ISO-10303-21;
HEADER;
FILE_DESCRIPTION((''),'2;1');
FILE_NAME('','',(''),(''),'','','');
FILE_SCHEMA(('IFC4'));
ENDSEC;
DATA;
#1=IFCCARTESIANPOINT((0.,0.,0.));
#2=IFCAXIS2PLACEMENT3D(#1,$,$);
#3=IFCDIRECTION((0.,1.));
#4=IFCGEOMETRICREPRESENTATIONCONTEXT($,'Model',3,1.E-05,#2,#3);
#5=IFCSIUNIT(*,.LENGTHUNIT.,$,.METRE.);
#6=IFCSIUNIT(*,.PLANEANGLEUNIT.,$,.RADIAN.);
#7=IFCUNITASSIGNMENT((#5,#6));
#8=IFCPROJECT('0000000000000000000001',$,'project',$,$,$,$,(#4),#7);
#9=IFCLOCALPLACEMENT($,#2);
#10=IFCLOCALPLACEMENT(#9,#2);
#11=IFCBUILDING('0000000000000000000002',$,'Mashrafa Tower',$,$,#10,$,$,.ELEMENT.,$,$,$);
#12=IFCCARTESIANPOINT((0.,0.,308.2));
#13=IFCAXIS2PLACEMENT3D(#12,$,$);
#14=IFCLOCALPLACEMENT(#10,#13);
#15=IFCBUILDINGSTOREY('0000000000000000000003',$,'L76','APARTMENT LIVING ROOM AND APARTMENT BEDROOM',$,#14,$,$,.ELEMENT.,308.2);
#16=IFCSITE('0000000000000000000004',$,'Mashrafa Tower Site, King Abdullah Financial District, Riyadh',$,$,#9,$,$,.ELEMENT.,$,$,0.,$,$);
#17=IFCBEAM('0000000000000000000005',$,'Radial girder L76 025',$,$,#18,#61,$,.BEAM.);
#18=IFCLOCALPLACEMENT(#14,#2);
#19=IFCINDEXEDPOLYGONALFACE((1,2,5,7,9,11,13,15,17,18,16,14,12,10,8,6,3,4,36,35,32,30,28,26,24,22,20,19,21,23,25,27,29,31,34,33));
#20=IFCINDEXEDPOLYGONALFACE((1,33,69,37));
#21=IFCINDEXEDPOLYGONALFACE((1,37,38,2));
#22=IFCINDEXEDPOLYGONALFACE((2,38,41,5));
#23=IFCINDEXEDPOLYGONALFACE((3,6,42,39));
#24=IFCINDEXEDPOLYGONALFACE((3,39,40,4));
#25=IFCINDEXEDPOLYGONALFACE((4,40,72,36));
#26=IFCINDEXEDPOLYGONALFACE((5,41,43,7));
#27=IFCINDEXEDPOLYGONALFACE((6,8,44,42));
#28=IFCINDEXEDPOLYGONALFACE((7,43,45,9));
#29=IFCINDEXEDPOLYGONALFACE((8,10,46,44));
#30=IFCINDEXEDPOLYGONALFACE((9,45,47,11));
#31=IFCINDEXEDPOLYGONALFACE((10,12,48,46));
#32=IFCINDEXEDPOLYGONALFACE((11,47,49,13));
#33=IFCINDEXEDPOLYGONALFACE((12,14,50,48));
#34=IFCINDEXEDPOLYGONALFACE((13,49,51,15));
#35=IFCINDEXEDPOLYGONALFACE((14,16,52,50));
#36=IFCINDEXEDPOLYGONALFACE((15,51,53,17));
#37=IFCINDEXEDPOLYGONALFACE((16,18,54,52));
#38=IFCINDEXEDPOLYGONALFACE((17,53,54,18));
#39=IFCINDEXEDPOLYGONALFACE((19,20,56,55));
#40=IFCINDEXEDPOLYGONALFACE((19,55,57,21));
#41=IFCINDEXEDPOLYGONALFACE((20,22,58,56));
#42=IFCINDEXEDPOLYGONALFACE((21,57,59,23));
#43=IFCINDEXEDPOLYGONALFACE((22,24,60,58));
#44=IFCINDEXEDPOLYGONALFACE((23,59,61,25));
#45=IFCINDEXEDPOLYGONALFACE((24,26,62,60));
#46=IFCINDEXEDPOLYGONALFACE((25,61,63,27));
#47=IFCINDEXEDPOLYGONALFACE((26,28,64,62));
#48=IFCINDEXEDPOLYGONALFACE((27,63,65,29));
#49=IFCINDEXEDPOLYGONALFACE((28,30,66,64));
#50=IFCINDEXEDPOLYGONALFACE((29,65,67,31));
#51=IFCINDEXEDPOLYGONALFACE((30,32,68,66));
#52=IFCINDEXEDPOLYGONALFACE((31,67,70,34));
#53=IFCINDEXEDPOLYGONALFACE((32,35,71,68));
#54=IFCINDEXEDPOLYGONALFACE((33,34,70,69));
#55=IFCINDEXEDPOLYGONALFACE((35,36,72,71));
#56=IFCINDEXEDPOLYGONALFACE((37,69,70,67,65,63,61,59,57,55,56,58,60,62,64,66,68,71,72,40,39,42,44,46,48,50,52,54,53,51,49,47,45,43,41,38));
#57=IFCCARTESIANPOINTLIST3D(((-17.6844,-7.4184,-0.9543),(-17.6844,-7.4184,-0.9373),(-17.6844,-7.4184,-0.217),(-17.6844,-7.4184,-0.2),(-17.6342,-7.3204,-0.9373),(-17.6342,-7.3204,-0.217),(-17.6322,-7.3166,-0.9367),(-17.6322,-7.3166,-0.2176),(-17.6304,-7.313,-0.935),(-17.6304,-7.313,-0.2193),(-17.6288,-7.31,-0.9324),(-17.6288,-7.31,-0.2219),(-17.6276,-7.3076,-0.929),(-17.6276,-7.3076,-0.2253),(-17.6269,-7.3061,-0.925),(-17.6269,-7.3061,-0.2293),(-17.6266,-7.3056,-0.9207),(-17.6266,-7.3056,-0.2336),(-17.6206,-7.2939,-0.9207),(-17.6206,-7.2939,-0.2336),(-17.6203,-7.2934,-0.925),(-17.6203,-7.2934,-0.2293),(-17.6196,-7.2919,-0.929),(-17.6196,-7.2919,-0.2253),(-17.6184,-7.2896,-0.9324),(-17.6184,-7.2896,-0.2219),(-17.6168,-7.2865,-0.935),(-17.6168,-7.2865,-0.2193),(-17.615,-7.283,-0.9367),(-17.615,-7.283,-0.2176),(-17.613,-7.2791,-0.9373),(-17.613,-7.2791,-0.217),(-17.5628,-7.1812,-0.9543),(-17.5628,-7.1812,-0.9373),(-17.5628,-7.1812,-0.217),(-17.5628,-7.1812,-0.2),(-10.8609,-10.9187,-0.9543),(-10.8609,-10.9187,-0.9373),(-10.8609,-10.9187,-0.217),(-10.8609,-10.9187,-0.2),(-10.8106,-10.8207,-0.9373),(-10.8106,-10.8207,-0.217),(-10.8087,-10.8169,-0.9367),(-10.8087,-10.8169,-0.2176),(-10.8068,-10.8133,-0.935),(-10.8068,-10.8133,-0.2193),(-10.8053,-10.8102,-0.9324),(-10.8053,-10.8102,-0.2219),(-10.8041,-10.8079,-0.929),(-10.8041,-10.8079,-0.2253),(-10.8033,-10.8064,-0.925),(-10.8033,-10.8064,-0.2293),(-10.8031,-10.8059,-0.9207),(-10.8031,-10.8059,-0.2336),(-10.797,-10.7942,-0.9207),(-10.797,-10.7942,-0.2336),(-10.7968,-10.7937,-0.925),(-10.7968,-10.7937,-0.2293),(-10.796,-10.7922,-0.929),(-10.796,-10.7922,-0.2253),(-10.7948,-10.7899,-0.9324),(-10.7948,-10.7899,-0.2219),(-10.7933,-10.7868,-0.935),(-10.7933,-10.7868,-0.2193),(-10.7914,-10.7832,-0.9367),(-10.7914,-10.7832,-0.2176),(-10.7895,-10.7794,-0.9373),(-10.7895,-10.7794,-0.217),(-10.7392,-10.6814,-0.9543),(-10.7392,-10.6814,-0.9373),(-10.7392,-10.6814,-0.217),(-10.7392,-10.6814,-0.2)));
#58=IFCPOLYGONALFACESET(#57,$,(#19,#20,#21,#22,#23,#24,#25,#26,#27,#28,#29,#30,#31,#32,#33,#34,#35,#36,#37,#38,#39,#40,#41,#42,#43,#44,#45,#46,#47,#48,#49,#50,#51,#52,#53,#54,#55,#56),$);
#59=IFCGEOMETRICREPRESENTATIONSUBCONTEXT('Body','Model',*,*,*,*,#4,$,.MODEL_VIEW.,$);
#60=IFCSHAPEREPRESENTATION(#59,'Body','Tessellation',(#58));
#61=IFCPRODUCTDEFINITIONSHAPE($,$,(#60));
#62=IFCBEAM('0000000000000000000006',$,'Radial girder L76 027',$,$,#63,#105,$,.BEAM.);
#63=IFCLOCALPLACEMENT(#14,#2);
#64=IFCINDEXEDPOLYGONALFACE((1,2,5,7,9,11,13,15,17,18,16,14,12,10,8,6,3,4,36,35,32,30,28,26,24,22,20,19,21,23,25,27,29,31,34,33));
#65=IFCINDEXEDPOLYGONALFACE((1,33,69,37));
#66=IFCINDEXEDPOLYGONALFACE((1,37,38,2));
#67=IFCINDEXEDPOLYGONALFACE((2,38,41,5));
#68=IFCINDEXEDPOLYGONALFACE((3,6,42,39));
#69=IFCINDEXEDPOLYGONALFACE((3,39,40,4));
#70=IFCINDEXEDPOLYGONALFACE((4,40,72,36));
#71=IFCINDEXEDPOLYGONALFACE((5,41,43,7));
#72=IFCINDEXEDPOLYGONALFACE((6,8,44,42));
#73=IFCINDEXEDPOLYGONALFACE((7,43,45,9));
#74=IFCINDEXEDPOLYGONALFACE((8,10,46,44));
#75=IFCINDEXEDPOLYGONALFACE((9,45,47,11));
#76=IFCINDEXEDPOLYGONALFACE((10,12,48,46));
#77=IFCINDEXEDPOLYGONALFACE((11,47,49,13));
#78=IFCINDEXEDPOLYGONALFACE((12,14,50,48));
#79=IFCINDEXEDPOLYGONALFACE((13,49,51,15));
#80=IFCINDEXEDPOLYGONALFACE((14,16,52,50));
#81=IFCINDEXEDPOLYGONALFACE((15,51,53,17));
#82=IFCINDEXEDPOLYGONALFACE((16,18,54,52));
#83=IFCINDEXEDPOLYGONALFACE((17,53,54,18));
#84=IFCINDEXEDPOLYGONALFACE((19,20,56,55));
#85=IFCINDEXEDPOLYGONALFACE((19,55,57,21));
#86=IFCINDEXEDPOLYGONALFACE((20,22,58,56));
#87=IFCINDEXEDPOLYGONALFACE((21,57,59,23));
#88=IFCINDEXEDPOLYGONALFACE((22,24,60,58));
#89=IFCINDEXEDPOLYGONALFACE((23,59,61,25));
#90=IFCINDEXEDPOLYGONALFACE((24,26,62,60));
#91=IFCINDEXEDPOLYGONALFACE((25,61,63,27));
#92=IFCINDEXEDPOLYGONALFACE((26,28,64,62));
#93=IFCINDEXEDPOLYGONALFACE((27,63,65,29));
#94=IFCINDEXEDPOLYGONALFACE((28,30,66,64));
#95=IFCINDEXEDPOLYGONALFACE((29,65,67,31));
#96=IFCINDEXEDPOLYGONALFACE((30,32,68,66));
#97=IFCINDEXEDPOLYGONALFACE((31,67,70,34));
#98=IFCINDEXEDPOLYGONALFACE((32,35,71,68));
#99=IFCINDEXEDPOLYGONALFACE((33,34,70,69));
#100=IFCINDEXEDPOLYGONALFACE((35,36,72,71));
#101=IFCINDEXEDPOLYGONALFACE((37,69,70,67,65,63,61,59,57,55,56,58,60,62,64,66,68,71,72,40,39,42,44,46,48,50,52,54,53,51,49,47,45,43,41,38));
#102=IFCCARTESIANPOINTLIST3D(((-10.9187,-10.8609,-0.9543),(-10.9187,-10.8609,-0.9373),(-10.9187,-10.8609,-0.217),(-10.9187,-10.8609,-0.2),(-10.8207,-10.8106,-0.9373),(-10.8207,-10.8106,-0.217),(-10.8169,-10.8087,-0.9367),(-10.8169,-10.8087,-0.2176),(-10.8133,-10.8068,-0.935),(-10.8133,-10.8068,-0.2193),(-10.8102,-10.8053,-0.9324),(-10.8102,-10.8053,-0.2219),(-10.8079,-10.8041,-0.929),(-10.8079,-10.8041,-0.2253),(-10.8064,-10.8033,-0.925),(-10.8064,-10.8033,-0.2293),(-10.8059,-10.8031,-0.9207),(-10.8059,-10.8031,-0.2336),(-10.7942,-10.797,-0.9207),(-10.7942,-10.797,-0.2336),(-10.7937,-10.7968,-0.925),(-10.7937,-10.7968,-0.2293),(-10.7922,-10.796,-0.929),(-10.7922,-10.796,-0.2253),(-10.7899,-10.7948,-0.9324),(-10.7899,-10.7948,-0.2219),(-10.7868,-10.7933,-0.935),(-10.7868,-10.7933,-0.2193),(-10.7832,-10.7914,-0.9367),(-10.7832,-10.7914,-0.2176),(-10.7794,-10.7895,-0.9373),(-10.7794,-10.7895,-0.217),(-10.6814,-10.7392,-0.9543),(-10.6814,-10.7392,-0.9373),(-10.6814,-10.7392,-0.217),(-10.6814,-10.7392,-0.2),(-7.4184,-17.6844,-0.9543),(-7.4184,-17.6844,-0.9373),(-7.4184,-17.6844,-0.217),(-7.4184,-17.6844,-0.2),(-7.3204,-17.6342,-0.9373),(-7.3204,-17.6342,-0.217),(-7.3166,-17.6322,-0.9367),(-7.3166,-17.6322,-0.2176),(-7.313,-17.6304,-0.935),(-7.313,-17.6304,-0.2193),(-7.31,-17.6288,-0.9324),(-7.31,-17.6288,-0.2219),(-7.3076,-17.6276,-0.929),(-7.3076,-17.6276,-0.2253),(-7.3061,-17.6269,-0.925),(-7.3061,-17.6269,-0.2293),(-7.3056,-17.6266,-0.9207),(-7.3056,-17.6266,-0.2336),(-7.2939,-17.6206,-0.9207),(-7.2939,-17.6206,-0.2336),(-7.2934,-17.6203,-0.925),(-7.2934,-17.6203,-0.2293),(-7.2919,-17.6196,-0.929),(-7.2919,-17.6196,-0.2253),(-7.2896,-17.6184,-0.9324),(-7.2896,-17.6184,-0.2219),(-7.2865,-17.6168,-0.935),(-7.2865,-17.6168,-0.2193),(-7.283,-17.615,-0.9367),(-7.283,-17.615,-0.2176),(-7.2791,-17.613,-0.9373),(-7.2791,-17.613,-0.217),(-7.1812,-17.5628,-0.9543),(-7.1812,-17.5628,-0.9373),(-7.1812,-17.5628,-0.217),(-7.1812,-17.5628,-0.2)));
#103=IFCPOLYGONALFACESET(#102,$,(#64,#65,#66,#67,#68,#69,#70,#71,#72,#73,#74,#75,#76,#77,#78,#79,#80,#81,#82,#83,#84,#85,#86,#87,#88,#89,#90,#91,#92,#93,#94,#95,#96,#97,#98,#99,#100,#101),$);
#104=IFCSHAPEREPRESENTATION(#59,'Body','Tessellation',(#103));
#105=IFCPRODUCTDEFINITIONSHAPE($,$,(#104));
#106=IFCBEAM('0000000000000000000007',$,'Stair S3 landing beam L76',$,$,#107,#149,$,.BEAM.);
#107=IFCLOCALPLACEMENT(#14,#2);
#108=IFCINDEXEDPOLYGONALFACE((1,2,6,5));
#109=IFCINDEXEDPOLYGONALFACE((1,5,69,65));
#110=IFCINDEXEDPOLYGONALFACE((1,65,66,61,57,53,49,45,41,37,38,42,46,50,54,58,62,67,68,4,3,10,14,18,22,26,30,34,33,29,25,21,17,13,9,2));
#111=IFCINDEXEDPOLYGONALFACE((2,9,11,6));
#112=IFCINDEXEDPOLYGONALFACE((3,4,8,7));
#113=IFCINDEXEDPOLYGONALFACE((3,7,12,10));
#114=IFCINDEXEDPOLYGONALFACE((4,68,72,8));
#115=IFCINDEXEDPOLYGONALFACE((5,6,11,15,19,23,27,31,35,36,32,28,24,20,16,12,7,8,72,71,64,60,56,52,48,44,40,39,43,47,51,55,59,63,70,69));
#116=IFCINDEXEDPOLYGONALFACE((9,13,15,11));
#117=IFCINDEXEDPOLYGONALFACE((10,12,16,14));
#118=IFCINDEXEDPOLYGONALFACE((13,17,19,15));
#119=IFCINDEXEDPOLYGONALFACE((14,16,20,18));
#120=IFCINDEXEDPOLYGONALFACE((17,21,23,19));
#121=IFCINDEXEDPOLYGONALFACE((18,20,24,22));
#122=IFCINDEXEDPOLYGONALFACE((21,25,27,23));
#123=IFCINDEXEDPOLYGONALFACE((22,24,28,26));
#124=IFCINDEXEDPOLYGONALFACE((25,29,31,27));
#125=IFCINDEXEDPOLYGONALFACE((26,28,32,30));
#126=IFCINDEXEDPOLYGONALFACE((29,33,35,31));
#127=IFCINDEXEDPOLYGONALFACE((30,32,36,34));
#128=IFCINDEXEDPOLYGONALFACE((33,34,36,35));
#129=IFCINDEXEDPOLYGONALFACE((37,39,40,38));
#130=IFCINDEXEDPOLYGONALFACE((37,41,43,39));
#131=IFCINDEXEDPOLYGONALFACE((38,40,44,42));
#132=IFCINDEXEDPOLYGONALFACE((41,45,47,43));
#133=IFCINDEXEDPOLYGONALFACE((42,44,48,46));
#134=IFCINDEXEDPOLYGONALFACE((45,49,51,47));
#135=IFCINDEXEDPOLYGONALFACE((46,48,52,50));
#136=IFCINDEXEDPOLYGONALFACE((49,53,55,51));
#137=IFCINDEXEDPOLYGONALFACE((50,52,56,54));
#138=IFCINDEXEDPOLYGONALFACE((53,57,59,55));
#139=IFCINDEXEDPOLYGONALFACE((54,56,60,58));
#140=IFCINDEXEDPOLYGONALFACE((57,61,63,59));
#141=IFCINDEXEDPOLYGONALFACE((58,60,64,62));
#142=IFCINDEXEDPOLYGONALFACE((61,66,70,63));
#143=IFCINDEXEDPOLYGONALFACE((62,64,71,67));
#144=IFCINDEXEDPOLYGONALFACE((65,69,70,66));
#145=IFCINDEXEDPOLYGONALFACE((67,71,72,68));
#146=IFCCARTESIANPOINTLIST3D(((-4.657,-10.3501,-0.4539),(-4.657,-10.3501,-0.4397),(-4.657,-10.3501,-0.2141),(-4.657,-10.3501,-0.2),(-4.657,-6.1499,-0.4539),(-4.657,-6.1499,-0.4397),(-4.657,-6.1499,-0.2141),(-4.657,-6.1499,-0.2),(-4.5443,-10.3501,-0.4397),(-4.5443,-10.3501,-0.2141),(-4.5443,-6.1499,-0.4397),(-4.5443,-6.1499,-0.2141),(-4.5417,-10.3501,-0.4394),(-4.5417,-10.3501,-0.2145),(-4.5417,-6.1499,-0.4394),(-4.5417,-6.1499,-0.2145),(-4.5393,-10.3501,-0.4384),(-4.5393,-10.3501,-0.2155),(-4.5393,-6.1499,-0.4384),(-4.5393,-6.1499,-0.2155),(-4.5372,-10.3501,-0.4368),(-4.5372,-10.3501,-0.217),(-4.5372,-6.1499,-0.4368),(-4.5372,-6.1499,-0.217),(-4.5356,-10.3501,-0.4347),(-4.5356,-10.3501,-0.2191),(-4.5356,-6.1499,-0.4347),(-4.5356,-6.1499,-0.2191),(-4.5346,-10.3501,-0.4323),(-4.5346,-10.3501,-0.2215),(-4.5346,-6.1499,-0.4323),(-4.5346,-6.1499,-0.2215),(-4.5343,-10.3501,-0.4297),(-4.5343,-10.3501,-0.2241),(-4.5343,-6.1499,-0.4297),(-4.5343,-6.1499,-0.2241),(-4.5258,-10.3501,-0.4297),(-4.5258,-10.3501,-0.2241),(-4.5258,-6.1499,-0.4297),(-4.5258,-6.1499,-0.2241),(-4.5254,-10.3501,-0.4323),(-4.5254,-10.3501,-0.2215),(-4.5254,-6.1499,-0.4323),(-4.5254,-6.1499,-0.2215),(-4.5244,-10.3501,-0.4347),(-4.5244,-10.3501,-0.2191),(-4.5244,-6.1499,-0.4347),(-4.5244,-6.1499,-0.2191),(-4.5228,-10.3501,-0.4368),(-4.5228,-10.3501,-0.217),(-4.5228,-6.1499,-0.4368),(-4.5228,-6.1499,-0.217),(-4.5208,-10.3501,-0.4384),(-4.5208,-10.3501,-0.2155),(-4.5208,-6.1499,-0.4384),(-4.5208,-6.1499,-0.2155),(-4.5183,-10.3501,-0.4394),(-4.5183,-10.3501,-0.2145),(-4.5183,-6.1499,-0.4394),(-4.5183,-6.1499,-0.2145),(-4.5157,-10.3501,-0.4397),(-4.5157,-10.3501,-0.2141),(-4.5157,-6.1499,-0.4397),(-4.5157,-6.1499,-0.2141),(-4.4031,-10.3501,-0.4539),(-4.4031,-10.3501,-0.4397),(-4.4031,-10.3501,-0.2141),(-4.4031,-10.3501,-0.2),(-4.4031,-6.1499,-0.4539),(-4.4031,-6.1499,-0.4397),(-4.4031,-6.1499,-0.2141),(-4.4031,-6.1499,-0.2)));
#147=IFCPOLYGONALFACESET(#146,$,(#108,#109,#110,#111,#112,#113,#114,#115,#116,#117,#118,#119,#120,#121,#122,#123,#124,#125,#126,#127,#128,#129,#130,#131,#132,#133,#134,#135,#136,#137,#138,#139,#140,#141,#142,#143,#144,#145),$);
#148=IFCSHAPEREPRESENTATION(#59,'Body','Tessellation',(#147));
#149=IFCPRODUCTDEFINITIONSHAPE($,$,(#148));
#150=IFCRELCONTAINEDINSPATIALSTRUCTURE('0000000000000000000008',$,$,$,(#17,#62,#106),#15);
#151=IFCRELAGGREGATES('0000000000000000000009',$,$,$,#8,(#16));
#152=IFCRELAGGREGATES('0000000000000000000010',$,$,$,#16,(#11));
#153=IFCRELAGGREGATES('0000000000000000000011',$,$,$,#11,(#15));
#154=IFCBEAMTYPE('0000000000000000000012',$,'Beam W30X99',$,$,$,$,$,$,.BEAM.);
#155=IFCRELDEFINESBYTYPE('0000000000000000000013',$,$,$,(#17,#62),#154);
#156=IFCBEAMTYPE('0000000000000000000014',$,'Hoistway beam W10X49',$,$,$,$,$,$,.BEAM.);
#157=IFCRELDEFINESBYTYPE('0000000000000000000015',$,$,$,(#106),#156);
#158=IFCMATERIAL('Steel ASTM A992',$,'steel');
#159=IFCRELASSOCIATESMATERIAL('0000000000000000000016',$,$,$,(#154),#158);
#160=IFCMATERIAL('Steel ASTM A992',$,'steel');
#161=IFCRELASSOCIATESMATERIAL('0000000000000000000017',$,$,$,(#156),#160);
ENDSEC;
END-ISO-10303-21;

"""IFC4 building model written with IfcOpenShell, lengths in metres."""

from ifc_helpers import new_model, si_unit, direction, frame, origin, origin_2d, place, context, subcontext, project, spatial, i_section, extrude, material, material_profile, profile_set, type_object, element, save


model = new_model("IFC4")

# Units and contexts
model_context = context("Model", 3, precision=1e-05, world=origin(), true_north=direction((0.0, 1.0)))
body_context = subcontext(model_context, "Body", "Model", "MODEL_VIEW")
ifc_project = project(units=[si_unit("LENGTHUNIT", "METRE"), si_unit("PLANEANGLEUNIT", "RADIAN")], contexts=[model_context])

# Site, building, storey
site_placement = place(None, origin())
site = spatial("IfcSite", under=ifc_project, at=site_placement, Name="Mashrafa Tower Site, King Abdullah Financial District, Riyadh", CompositionType="ELEMENT", RefElevation=0.0)
building_placement = place(site_placement, origin())
building = spatial("IfcBuilding", under=site, at=building_placement, Name="Mashrafa Tower", CompositionType="ELEMENT")
storey_placement = place(building_placement, frame((0.0, 0.0, 308.2)))
storey = spatial("IfcBuildingStorey", under=building, at=storey_placement, Name="L76", Description="APARTMENT LIVING ROOM AND APARTMENT BEDROOM", CompositionType="ELEMENT", Elevation=308.2)

# Beams
ifc_material_1 = material(Name="Steel ASTM A992", Category="steel")
ifc_material_profile_1 = material_profile(ifc_material_1, i_section(OverallWidth=0.2666, OverallDepth=0.7544, WebThickness=0.0132, FlangeThickness=0.0171, FilletRadius=0.0166, at=origin_2d()), Name="W30X99")
ifc_profile_set_1 = profile_set([ifc_material_profile_1], Name="Steel ASTM A992")
beam_type_1 = type_object("IfcBeamType", Name="Beam W30X99", PredefinedType="BEAM", material=ifc_profile_set_1)
for number, where, z_axis, x_axis, name in (
    (1, (-10.8, -10.8, -0.5771), (-0.889763, 0.456422, 0.0), (-0.456422, -0.889763, 0.0), "Radial girder L76 025"),
    (2, (-10.8, -10.8, -0.5771), (0.456422, -0.889763, 0.0), (0.889763, 0.456422, 0.0), "Radial girder L76 027"),
):
    element("IfcBeam", number, at=place(storey_placement, frame(where, z_axis=z_axis, x_axis=x_axis)), inside=storey, type_object=beam_type_1, Name=name, PredefinedType="BEAM", context=body_context, shape_type="SweptSolid", body=[
        extrude(i_section(OverallWidth=0.2666, OverallDepth=0.7544, WebThickness=0.0132, FlangeThickness=0.0171, FilletRadius=0.0166, at=origin_2d()), origin(), (0.0, 0.0, 1.0), 7.6689),
    ])
ifc_material_2 = material(Name="Steel ASTM A992", Category="steel")
ifc_material_profile_2 = material_profile(ifc_material_2, i_section(OverallWidth=0.2539, OverallDepth=0.2539, WebThickness=0.0085, FlangeThickness=0.0142, FilletRadius=0.01, at=origin_2d()), Name="W10X49")
ifc_profile_set_2 = profile_set([ifc_material_profile_2], Name="Steel ASTM A992")
beam_type_2 = type_object("IfcBeamType", Name="Hoistway beam W10X49", PredefinedType="BEAM", material=ifc_profile_set_2)
beam_1_placement = place(storey_placement, frame((-4.53, -10.3501, -0.3269), z_axis=(0.0, 1.0, 0.0), x_axis=(-1.0, 0.0, 0.0)))
element("IfcBeam", 3, at=beam_1_placement, inside=storey, type_object=beam_type_2, Name="Stair S3 landing beam L76", PredefinedType="BEAM", context=body_context, shape_type="SweptSolid", body=[
    extrude(i_section(OverallWidth=0.2539, OverallDepth=0.2539, WebThickness=0.0085, FlangeThickness=0.0142, FilletRadius=0.01, at=origin_2d()), origin(), (0.0, 0.0, 1.0), 4.2002),
])

save(model, "model.ifc")
